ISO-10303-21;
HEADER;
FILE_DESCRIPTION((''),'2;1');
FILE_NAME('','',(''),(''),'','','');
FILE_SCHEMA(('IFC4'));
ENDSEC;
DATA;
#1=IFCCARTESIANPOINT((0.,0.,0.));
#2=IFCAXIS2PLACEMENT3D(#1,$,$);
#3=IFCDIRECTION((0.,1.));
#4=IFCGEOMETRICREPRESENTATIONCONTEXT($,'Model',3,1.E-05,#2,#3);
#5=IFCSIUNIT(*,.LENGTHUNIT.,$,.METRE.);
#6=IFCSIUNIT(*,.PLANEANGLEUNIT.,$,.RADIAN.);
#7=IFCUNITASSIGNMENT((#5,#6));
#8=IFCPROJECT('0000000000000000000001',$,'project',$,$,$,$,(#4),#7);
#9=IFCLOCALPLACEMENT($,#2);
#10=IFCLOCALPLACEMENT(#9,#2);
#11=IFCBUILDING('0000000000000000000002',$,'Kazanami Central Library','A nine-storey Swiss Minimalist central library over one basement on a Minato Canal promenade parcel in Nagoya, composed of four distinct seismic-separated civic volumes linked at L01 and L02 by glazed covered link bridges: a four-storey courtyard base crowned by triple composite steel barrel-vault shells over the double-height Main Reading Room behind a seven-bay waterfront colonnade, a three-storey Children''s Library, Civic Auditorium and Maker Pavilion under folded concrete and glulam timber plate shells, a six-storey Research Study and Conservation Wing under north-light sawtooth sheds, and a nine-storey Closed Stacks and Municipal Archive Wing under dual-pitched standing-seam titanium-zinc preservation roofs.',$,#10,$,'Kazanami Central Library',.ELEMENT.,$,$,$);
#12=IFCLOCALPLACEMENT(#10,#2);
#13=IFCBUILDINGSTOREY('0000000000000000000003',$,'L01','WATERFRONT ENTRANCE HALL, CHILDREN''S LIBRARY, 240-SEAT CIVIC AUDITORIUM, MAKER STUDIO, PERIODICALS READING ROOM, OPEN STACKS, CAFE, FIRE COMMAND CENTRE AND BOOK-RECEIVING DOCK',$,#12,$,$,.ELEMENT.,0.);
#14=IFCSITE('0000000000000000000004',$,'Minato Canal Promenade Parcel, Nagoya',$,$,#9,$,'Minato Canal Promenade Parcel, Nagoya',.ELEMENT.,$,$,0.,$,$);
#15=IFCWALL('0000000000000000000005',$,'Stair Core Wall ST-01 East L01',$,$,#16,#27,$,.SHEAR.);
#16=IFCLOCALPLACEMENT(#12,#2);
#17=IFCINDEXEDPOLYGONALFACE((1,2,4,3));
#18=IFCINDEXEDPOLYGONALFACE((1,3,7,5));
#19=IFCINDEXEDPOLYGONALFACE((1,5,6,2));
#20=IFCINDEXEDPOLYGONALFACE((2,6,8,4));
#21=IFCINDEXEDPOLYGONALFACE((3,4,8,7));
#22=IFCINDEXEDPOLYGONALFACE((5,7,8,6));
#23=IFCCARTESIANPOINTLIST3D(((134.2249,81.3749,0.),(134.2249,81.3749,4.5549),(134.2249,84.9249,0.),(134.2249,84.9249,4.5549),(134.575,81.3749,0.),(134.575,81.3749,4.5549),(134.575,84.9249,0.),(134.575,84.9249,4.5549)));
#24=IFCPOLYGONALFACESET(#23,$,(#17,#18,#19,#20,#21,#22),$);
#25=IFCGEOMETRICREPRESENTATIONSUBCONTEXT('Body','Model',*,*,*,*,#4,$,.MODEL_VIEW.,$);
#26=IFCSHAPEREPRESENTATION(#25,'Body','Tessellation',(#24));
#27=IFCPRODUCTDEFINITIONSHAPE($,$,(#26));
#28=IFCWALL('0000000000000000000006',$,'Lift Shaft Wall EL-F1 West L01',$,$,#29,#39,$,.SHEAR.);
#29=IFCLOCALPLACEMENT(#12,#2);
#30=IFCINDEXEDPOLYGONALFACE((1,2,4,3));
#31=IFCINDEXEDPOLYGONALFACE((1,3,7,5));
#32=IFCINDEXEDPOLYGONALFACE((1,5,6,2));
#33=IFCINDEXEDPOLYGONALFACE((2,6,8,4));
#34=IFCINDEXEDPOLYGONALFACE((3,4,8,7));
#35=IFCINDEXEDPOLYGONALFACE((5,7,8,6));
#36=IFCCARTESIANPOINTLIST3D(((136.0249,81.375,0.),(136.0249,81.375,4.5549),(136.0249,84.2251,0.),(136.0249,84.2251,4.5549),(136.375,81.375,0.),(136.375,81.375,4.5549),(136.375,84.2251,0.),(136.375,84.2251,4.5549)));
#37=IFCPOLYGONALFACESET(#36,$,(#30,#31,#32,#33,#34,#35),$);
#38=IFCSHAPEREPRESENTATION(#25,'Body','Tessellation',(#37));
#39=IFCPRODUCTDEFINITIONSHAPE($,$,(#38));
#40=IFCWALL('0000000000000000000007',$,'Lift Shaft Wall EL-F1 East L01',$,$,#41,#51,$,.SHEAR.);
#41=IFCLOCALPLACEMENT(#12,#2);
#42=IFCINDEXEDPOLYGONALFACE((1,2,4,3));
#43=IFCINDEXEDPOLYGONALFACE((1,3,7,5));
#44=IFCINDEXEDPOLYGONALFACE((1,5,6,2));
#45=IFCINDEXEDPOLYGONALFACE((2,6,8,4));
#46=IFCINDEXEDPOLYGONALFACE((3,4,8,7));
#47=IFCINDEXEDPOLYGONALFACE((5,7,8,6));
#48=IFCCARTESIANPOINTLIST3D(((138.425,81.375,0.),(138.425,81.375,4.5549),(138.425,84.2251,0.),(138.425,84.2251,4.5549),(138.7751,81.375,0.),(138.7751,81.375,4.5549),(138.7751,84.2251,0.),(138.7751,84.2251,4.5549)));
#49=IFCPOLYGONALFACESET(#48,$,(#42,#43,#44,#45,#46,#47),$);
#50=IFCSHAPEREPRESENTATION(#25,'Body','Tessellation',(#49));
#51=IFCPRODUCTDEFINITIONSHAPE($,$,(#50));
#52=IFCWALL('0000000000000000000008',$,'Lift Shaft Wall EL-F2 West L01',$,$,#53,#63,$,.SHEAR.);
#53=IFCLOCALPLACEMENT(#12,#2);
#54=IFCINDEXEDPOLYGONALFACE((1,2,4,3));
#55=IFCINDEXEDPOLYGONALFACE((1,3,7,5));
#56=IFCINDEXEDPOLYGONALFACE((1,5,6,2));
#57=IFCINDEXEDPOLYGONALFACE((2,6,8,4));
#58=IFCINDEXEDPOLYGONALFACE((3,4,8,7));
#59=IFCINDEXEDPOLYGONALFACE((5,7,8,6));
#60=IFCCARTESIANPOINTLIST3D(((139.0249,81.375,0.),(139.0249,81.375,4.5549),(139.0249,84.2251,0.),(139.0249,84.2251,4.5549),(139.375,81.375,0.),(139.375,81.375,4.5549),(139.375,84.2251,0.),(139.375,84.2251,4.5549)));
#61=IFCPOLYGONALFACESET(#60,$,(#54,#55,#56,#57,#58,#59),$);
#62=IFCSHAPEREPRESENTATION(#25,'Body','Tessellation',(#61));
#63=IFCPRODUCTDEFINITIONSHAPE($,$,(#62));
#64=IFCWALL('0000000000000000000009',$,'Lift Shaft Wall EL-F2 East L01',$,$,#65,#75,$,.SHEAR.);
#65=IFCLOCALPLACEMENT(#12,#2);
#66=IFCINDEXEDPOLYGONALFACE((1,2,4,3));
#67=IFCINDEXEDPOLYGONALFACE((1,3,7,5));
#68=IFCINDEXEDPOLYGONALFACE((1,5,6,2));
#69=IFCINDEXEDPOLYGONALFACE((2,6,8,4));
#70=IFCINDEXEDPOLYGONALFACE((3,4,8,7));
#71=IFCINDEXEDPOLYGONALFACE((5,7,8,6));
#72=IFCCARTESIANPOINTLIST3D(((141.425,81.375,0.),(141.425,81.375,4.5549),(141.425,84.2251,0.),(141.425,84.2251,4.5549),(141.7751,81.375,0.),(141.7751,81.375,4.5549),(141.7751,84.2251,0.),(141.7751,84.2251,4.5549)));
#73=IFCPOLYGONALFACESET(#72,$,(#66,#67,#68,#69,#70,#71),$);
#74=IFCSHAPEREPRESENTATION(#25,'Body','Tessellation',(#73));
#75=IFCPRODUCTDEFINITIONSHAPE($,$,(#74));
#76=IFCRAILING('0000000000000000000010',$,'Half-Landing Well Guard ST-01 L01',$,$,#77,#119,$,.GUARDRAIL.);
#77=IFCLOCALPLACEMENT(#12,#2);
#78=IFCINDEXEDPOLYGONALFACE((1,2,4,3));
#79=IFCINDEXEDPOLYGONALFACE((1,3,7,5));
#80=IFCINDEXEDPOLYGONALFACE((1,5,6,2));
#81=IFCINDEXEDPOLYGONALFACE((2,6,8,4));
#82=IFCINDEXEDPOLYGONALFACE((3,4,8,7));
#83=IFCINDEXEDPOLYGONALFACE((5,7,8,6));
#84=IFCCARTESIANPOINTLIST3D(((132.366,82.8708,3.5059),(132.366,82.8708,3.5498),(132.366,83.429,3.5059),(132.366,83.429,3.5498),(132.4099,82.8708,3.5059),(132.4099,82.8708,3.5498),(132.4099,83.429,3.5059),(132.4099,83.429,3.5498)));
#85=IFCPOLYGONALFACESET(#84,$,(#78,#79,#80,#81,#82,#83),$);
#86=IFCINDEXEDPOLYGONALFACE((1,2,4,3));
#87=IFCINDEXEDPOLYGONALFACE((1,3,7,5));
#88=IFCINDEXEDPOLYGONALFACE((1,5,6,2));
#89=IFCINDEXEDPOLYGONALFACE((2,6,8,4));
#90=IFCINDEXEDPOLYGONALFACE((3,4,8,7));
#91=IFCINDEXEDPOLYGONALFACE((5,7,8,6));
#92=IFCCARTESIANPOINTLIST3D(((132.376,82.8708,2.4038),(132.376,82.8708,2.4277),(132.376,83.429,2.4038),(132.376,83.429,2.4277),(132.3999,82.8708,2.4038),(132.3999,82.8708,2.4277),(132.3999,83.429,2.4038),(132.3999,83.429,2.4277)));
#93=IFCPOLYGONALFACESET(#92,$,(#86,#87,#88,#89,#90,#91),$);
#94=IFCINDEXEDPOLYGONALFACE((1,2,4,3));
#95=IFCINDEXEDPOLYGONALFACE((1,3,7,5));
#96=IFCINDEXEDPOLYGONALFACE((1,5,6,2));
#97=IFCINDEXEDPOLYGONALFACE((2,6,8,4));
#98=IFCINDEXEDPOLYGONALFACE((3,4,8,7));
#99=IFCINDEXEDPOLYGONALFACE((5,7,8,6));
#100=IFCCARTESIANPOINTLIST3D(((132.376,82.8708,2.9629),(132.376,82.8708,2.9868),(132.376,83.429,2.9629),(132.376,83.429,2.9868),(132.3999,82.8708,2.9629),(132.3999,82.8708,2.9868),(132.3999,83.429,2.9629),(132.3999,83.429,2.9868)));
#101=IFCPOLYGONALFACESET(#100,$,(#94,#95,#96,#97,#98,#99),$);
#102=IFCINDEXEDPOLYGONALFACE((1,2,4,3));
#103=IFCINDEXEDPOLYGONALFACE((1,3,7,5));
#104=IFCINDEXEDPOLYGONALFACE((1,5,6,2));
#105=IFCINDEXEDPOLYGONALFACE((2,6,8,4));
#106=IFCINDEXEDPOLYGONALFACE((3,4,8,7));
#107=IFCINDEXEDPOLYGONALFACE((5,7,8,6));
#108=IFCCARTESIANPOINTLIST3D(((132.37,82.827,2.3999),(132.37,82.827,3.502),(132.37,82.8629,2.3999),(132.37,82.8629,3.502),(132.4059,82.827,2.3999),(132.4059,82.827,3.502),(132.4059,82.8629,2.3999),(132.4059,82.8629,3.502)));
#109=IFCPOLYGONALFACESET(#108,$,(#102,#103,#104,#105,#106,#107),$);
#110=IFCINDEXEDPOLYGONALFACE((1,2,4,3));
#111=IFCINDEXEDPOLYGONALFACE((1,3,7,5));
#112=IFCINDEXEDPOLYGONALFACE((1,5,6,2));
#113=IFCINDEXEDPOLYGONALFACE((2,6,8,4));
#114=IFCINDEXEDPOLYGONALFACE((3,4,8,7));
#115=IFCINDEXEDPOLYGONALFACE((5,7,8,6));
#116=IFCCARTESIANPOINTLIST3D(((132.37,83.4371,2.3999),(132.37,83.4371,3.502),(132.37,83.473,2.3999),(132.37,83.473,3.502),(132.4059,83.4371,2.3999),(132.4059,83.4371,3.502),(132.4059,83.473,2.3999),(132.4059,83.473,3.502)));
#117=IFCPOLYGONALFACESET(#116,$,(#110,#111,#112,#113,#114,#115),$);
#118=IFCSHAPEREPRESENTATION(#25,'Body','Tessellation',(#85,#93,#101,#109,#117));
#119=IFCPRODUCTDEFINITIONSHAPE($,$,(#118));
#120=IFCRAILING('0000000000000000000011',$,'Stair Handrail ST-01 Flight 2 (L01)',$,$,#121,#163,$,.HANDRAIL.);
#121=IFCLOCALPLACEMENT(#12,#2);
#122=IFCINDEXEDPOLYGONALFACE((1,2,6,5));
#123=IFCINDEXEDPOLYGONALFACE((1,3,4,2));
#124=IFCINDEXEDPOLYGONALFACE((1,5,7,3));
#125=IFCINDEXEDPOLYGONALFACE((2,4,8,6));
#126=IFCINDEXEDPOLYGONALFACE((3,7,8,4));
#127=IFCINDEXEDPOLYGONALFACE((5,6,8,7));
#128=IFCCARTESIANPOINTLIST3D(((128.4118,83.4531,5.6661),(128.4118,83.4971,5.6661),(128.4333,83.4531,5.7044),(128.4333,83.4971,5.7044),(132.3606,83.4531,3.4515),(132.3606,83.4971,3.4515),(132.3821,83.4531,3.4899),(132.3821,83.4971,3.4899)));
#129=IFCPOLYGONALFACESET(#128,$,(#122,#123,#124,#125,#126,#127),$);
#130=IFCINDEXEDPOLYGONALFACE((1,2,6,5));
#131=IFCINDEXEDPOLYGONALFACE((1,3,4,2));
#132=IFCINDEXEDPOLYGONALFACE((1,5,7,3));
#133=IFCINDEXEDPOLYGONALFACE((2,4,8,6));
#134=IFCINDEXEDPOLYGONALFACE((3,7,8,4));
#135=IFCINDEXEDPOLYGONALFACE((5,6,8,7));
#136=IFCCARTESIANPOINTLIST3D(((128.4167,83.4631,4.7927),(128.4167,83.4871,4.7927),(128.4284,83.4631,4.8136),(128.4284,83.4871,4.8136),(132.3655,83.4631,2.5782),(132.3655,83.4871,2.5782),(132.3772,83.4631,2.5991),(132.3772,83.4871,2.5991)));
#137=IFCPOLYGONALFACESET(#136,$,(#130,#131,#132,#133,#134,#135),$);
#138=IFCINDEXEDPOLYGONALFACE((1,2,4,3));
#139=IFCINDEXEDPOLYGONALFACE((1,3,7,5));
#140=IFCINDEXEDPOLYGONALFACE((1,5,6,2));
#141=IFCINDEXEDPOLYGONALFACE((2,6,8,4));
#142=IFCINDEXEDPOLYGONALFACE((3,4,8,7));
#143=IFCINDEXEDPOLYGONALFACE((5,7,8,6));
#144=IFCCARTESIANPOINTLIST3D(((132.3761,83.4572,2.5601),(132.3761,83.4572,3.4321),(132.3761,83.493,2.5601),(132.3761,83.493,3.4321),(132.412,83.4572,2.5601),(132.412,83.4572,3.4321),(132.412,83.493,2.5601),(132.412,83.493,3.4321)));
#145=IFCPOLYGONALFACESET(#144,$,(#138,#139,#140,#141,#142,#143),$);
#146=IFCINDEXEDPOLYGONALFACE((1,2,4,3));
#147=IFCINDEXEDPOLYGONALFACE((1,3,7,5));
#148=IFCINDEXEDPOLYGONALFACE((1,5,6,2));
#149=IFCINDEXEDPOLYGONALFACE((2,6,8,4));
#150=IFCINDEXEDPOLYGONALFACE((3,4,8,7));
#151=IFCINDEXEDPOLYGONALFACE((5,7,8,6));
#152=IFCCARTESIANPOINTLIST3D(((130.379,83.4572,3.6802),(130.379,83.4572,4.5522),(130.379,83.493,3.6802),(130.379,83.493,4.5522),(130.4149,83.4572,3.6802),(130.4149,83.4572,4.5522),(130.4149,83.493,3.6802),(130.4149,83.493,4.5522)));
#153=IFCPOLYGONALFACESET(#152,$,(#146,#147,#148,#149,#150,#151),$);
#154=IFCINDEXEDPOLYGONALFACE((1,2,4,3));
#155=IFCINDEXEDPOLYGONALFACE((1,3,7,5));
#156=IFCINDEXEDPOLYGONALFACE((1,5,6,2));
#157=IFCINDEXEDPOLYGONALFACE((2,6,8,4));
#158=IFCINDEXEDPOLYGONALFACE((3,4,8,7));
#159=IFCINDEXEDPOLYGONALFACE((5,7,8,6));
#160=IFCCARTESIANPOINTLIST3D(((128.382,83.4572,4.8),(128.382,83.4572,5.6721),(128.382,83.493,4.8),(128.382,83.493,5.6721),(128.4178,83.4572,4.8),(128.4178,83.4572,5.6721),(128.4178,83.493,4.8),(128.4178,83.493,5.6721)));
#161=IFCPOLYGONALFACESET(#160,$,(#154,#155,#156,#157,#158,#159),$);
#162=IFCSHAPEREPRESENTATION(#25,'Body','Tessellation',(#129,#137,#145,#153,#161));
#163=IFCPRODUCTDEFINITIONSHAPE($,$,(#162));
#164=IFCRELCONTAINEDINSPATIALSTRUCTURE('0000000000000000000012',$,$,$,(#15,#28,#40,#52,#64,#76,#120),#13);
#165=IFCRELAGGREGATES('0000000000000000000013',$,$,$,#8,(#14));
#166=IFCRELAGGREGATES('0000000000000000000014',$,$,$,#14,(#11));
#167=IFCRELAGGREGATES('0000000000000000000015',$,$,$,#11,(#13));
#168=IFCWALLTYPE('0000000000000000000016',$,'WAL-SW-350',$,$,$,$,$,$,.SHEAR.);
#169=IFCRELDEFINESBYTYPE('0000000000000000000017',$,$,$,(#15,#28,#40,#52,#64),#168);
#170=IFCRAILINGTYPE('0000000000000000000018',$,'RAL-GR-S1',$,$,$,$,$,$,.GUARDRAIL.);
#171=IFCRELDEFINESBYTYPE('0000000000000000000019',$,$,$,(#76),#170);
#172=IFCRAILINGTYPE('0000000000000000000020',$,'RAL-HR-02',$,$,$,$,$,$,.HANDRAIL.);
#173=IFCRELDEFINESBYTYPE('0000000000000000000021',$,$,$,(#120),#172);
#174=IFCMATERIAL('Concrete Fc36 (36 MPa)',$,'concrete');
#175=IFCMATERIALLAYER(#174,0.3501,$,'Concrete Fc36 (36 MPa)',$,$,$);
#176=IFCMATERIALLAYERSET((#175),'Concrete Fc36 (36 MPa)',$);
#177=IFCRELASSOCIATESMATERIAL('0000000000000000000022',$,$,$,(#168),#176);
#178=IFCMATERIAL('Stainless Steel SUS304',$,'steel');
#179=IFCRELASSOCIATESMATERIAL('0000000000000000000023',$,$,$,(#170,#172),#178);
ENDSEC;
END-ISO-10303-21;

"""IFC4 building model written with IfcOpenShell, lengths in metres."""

from ifc_helpers import new_model, si_unit, direction, frame, frame_2d, origin, origin_2d, place, context, subcontext, project, spatial, rectangle, extrude, material, layer, layer_set, type_object, element, save


model = new_model("IFC4")

# Units and contexts
model_context = context("Model", 3, precision=1e-05, world=origin(), true_north=direction((0.0, 1.0)))
body_context = subcontext(model_context, "Body", "Model", "MODEL_VIEW")
ifc_project = project(units=[si_unit("LENGTHUNIT", "METRE"), si_unit("PLANEANGLEUNIT", "RADIAN")], contexts=[model_context])

# Site, building, storey
site_placement = place(None, origin())
site = spatial("IfcSite", under=ifc_project, at=site_placement, Name="Minato Canal Promenade Parcel, Nagoya", LongName="Minato Canal Promenade Parcel, Nagoya", CompositionType="ELEMENT", RefElevation=0.0)
building_placement = place(site_placement, origin())
building = spatial("IfcBuilding", under=site, at=building_placement, Name="Kazanami Central Library", Description="A nine-storey Swiss Minimalist central library over one basement on a Minato Canal promenade parcel in Nagoya, composed of four distinct seismic-separated civic volumes linked at L01 and L02 by glazed covered link bridges: a four-storey courtyard base crowned by triple composite steel barrel-vault shells over the double-height Main Reading Room behind a seven-bay waterfront colonnade, a three-storey Children's Library, Civic Auditorium and Maker Pavilion under folded concrete and glulam timber plate shells, a six-storey Research Study and Conservation Wing under north-light sawtooth sheds, and a nine-storey Closed Stacks and Municipal Archive Wing under dual-pitched standing-seam titanium-zinc preservation roofs.", LongName="Kazanami Central Library", CompositionType="ELEMENT")
storey_placement = place(building_placement, origin())
storey = spatial("IfcBuildingStorey", under=building, at=storey_placement, Name="L01", Description="WATERFRONT ENTRANCE HALL, CHILDREN'S LIBRARY, 240-SEAT CIVIC AUDITORIUM, MAKER STUDIO, PERIODICALS READING ROOM, OPEN STACKS, CAFE, FIRE COMMAND CENTRE AND BOOK-RECEIVING DOCK", CompositionType="ELEMENT", Elevation=0.0)

# Wall
ifc_material_1 = material(Name="Concrete Fc36 (36 MPa)", Category="concrete")
ifc_layer_1 = layer(ifc_material_1, 0.3501, Name="Concrete Fc36 (36 MPa)")
ifc_layer_set_1 = layer_set([ifc_layer_1], Name="Concrete Fc36 (36 MPa)")
wall_type_1 = type_object("IfcWallType", Name="WAL-SW-350", PredefinedType="SHEAR", material=ifc_layer_set_1)
wall_1_placement = place(storey_placement, frame((134.3999, 81.375, 0.0), z_axis=(0.0, 0.0, 1.0), x_axis=(0.0, 1.0, 0.0)))
element("IfcWall", 1, at=wall_1_placement, inside=storey, type_object=wall_type_1, Name="Stair Core Wall ST-01 East L01", PredefinedType="SHEAR", context=body_context, shape_type="SweptSolid", body=[
    extrude(rectangle(XDim=3.55, YDim=0.3501, at=frame_2d((1.7749, 0.0))), origin(), (0.0, 0.0, 1.0), 4.5549),
])

# Shared definitions
ifc_material_2 = material(Name="Stainless Steel SUS304", Category="steel")

# Walls
for number, where, z_axis, x_axis, name in (
    (2, (136.2, 81.375, 0.0), (0.0, 0.0, 1.0), (0.0, 1.0, 0.0), "Lift Shaft Wall EL-F1 West L01"),
    (3, (138.6001, 81.375, 0.0), (0.0, 0.0, 1.0), (0.0, 1.0, 0.0), "Lift Shaft Wall EL-F1 East L01"),
):
    element("IfcWall", number, at=place(storey_placement, frame(where, z_axis=z_axis, x_axis=x_axis)), inside=storey, type_object=wall_type_1, Name=name, PredefinedType="SHEAR", context=body_context, shape_type="SweptSolid", body=[
        extrude(rectangle(XDim=2.8501, YDim=0.3501, at=frame_2d((1.425, 0.0))), origin(), (0.0, 0.0, 1.0), 4.5549),
    ])

# Walls
for number, where, z_axis, x_axis, name in (
    (4, (139.2, 81.375, 0.0), (0.0, 0.0, 1.0), (0.0, 1.0, 0.0), "Lift Shaft Wall EL-F2 West L01"),
    (5, (141.6001, 81.375, 0.0), (0.0, 0.0, 1.0), (0.0, 1.0, 0.0), "Lift Shaft Wall EL-F2 East L01"),
):
    element("IfcWall", number, at=place(storey_placement, frame(where, z_axis=z_axis, x_axis=x_axis)), inside=storey, type_object=wall_type_1, Name=name, PredefinedType="SHEAR", context=body_context, shape_type="SweptSolid", body=[
        extrude(rectangle(XDim=2.8501, YDim=0.3501, at=frame_2d((1.425, 0.0))), origin(), (0.0, 0.0, 1.0), 4.5549),
    ])

# Railings
railing_type_1 = type_object("IfcRailingType", Name="RAL-GR-S1", PredefinedType="GUARDRAIL", material=ifc_material_2)
railing_1_placement = place(storey_placement, frame((132.3879, 82.845, 2.3999)))
element("IfcRailing", 6, at=railing_1_placement, inside=storey, type_object=railing_type_1, Name="Half-Landing Well Guard ST-01 L01", PredefinedType="GUARDRAIL", context=body_context, shape_type="SweptSolid", body=[
    extrude(rectangle(XDim=0.0439, YDim=0.0439, at=origin_2d()), frame((0.0, 0.0259, 1.1279), z_axis=(0.0, 1.0, 0.0), x_axis=(-1.0, 0.0, 0.0)), (0.0, 0.0, 1.0), 0.5581),
    extrude(rectangle(XDim=0.0239, YDim=0.0239, at=origin_2d()), frame((0.0, 0.0259, 0.0159), z_axis=(0.0, 1.0, 0.0), x_axis=(-1.0, 0.0, 0.0)), (0.0, 0.0, 1.0), 0.5581),
    extrude(rectangle(XDim=0.0239, YDim=0.0239, at=origin_2d()), frame((0.0, 0.0259, 0.575), z_axis=(0.0, 1.0, 0.0), x_axis=(-1.0, 0.0, 0.0)), (0.0, 0.0, 1.0), 0.5581),
    extrude(rectangle(XDim=0.0359, YDim=0.0359, at=origin_2d()), origin(), (0.0, 0.0, 1.0), 1.1021),
    extrude(rectangle(XDim=0.0359, YDim=0.0359, at=origin_2d()), frame((0.0, 0.6101, 0.0)), (0.0, 0.0, 1.0), 1.1021),
])
railing_type_2 = type_object("IfcRailingType", Name="RAL-HR-02", PredefinedType="HANDRAIL", material=ifc_material_2)
railing_2_placement = place(storey_placement, frame((132.394, 83.4751, 2.5601)))
element("IfcRailing", 7, at=railing_2_placement, inside=storey, type_object=railing_type_2, Name="Stair Handrail ST-01 Flight 2 (L01)", PredefinedType="HANDRAIL", context=body_context, shape_type="SweptSolid", body=[
    extrude(rectangle(XDim=0.0439, YDim=0.0439, at=origin_2d()), frame((-0.0227, 0.0, 0.9106), z_axis=(-0.872201, 0.0, 0.489147), x_axis=(0.0, -1.0, 0.0)), (0.0, 0.0, 1.0), 4.5273),
    extrude(rectangle(XDim=0.0239, YDim=0.0239, at=origin_2d()), frame((-0.0227, 0.0, 0.0286), z_axis=(-0.872201, 0.0, 0.489147), x_axis=(0.0, -1.0, 0.0)), (0.0, 0.0, 1.0), 4.5273),
    extrude(rectangle(XDim=0.0359, YDim=0.0359, at=origin_2d()), origin(), (0.0, 0.0, 1.0), 0.8721),
    extrude(rectangle(XDim=0.0359, YDim=0.0359, at=origin_2d()), frame((-1.9971, 0.0, 1.1201)), (0.0, 0.0, 1.0), 0.8721),
    extrude(rectangle(XDim=0.0359, YDim=0.0359, at=origin_2d()), frame((-3.9941, 0.0, 2.24)), (0.0, 0.0, 1.0), 0.8721),
])

save(model, "model.ifc")
